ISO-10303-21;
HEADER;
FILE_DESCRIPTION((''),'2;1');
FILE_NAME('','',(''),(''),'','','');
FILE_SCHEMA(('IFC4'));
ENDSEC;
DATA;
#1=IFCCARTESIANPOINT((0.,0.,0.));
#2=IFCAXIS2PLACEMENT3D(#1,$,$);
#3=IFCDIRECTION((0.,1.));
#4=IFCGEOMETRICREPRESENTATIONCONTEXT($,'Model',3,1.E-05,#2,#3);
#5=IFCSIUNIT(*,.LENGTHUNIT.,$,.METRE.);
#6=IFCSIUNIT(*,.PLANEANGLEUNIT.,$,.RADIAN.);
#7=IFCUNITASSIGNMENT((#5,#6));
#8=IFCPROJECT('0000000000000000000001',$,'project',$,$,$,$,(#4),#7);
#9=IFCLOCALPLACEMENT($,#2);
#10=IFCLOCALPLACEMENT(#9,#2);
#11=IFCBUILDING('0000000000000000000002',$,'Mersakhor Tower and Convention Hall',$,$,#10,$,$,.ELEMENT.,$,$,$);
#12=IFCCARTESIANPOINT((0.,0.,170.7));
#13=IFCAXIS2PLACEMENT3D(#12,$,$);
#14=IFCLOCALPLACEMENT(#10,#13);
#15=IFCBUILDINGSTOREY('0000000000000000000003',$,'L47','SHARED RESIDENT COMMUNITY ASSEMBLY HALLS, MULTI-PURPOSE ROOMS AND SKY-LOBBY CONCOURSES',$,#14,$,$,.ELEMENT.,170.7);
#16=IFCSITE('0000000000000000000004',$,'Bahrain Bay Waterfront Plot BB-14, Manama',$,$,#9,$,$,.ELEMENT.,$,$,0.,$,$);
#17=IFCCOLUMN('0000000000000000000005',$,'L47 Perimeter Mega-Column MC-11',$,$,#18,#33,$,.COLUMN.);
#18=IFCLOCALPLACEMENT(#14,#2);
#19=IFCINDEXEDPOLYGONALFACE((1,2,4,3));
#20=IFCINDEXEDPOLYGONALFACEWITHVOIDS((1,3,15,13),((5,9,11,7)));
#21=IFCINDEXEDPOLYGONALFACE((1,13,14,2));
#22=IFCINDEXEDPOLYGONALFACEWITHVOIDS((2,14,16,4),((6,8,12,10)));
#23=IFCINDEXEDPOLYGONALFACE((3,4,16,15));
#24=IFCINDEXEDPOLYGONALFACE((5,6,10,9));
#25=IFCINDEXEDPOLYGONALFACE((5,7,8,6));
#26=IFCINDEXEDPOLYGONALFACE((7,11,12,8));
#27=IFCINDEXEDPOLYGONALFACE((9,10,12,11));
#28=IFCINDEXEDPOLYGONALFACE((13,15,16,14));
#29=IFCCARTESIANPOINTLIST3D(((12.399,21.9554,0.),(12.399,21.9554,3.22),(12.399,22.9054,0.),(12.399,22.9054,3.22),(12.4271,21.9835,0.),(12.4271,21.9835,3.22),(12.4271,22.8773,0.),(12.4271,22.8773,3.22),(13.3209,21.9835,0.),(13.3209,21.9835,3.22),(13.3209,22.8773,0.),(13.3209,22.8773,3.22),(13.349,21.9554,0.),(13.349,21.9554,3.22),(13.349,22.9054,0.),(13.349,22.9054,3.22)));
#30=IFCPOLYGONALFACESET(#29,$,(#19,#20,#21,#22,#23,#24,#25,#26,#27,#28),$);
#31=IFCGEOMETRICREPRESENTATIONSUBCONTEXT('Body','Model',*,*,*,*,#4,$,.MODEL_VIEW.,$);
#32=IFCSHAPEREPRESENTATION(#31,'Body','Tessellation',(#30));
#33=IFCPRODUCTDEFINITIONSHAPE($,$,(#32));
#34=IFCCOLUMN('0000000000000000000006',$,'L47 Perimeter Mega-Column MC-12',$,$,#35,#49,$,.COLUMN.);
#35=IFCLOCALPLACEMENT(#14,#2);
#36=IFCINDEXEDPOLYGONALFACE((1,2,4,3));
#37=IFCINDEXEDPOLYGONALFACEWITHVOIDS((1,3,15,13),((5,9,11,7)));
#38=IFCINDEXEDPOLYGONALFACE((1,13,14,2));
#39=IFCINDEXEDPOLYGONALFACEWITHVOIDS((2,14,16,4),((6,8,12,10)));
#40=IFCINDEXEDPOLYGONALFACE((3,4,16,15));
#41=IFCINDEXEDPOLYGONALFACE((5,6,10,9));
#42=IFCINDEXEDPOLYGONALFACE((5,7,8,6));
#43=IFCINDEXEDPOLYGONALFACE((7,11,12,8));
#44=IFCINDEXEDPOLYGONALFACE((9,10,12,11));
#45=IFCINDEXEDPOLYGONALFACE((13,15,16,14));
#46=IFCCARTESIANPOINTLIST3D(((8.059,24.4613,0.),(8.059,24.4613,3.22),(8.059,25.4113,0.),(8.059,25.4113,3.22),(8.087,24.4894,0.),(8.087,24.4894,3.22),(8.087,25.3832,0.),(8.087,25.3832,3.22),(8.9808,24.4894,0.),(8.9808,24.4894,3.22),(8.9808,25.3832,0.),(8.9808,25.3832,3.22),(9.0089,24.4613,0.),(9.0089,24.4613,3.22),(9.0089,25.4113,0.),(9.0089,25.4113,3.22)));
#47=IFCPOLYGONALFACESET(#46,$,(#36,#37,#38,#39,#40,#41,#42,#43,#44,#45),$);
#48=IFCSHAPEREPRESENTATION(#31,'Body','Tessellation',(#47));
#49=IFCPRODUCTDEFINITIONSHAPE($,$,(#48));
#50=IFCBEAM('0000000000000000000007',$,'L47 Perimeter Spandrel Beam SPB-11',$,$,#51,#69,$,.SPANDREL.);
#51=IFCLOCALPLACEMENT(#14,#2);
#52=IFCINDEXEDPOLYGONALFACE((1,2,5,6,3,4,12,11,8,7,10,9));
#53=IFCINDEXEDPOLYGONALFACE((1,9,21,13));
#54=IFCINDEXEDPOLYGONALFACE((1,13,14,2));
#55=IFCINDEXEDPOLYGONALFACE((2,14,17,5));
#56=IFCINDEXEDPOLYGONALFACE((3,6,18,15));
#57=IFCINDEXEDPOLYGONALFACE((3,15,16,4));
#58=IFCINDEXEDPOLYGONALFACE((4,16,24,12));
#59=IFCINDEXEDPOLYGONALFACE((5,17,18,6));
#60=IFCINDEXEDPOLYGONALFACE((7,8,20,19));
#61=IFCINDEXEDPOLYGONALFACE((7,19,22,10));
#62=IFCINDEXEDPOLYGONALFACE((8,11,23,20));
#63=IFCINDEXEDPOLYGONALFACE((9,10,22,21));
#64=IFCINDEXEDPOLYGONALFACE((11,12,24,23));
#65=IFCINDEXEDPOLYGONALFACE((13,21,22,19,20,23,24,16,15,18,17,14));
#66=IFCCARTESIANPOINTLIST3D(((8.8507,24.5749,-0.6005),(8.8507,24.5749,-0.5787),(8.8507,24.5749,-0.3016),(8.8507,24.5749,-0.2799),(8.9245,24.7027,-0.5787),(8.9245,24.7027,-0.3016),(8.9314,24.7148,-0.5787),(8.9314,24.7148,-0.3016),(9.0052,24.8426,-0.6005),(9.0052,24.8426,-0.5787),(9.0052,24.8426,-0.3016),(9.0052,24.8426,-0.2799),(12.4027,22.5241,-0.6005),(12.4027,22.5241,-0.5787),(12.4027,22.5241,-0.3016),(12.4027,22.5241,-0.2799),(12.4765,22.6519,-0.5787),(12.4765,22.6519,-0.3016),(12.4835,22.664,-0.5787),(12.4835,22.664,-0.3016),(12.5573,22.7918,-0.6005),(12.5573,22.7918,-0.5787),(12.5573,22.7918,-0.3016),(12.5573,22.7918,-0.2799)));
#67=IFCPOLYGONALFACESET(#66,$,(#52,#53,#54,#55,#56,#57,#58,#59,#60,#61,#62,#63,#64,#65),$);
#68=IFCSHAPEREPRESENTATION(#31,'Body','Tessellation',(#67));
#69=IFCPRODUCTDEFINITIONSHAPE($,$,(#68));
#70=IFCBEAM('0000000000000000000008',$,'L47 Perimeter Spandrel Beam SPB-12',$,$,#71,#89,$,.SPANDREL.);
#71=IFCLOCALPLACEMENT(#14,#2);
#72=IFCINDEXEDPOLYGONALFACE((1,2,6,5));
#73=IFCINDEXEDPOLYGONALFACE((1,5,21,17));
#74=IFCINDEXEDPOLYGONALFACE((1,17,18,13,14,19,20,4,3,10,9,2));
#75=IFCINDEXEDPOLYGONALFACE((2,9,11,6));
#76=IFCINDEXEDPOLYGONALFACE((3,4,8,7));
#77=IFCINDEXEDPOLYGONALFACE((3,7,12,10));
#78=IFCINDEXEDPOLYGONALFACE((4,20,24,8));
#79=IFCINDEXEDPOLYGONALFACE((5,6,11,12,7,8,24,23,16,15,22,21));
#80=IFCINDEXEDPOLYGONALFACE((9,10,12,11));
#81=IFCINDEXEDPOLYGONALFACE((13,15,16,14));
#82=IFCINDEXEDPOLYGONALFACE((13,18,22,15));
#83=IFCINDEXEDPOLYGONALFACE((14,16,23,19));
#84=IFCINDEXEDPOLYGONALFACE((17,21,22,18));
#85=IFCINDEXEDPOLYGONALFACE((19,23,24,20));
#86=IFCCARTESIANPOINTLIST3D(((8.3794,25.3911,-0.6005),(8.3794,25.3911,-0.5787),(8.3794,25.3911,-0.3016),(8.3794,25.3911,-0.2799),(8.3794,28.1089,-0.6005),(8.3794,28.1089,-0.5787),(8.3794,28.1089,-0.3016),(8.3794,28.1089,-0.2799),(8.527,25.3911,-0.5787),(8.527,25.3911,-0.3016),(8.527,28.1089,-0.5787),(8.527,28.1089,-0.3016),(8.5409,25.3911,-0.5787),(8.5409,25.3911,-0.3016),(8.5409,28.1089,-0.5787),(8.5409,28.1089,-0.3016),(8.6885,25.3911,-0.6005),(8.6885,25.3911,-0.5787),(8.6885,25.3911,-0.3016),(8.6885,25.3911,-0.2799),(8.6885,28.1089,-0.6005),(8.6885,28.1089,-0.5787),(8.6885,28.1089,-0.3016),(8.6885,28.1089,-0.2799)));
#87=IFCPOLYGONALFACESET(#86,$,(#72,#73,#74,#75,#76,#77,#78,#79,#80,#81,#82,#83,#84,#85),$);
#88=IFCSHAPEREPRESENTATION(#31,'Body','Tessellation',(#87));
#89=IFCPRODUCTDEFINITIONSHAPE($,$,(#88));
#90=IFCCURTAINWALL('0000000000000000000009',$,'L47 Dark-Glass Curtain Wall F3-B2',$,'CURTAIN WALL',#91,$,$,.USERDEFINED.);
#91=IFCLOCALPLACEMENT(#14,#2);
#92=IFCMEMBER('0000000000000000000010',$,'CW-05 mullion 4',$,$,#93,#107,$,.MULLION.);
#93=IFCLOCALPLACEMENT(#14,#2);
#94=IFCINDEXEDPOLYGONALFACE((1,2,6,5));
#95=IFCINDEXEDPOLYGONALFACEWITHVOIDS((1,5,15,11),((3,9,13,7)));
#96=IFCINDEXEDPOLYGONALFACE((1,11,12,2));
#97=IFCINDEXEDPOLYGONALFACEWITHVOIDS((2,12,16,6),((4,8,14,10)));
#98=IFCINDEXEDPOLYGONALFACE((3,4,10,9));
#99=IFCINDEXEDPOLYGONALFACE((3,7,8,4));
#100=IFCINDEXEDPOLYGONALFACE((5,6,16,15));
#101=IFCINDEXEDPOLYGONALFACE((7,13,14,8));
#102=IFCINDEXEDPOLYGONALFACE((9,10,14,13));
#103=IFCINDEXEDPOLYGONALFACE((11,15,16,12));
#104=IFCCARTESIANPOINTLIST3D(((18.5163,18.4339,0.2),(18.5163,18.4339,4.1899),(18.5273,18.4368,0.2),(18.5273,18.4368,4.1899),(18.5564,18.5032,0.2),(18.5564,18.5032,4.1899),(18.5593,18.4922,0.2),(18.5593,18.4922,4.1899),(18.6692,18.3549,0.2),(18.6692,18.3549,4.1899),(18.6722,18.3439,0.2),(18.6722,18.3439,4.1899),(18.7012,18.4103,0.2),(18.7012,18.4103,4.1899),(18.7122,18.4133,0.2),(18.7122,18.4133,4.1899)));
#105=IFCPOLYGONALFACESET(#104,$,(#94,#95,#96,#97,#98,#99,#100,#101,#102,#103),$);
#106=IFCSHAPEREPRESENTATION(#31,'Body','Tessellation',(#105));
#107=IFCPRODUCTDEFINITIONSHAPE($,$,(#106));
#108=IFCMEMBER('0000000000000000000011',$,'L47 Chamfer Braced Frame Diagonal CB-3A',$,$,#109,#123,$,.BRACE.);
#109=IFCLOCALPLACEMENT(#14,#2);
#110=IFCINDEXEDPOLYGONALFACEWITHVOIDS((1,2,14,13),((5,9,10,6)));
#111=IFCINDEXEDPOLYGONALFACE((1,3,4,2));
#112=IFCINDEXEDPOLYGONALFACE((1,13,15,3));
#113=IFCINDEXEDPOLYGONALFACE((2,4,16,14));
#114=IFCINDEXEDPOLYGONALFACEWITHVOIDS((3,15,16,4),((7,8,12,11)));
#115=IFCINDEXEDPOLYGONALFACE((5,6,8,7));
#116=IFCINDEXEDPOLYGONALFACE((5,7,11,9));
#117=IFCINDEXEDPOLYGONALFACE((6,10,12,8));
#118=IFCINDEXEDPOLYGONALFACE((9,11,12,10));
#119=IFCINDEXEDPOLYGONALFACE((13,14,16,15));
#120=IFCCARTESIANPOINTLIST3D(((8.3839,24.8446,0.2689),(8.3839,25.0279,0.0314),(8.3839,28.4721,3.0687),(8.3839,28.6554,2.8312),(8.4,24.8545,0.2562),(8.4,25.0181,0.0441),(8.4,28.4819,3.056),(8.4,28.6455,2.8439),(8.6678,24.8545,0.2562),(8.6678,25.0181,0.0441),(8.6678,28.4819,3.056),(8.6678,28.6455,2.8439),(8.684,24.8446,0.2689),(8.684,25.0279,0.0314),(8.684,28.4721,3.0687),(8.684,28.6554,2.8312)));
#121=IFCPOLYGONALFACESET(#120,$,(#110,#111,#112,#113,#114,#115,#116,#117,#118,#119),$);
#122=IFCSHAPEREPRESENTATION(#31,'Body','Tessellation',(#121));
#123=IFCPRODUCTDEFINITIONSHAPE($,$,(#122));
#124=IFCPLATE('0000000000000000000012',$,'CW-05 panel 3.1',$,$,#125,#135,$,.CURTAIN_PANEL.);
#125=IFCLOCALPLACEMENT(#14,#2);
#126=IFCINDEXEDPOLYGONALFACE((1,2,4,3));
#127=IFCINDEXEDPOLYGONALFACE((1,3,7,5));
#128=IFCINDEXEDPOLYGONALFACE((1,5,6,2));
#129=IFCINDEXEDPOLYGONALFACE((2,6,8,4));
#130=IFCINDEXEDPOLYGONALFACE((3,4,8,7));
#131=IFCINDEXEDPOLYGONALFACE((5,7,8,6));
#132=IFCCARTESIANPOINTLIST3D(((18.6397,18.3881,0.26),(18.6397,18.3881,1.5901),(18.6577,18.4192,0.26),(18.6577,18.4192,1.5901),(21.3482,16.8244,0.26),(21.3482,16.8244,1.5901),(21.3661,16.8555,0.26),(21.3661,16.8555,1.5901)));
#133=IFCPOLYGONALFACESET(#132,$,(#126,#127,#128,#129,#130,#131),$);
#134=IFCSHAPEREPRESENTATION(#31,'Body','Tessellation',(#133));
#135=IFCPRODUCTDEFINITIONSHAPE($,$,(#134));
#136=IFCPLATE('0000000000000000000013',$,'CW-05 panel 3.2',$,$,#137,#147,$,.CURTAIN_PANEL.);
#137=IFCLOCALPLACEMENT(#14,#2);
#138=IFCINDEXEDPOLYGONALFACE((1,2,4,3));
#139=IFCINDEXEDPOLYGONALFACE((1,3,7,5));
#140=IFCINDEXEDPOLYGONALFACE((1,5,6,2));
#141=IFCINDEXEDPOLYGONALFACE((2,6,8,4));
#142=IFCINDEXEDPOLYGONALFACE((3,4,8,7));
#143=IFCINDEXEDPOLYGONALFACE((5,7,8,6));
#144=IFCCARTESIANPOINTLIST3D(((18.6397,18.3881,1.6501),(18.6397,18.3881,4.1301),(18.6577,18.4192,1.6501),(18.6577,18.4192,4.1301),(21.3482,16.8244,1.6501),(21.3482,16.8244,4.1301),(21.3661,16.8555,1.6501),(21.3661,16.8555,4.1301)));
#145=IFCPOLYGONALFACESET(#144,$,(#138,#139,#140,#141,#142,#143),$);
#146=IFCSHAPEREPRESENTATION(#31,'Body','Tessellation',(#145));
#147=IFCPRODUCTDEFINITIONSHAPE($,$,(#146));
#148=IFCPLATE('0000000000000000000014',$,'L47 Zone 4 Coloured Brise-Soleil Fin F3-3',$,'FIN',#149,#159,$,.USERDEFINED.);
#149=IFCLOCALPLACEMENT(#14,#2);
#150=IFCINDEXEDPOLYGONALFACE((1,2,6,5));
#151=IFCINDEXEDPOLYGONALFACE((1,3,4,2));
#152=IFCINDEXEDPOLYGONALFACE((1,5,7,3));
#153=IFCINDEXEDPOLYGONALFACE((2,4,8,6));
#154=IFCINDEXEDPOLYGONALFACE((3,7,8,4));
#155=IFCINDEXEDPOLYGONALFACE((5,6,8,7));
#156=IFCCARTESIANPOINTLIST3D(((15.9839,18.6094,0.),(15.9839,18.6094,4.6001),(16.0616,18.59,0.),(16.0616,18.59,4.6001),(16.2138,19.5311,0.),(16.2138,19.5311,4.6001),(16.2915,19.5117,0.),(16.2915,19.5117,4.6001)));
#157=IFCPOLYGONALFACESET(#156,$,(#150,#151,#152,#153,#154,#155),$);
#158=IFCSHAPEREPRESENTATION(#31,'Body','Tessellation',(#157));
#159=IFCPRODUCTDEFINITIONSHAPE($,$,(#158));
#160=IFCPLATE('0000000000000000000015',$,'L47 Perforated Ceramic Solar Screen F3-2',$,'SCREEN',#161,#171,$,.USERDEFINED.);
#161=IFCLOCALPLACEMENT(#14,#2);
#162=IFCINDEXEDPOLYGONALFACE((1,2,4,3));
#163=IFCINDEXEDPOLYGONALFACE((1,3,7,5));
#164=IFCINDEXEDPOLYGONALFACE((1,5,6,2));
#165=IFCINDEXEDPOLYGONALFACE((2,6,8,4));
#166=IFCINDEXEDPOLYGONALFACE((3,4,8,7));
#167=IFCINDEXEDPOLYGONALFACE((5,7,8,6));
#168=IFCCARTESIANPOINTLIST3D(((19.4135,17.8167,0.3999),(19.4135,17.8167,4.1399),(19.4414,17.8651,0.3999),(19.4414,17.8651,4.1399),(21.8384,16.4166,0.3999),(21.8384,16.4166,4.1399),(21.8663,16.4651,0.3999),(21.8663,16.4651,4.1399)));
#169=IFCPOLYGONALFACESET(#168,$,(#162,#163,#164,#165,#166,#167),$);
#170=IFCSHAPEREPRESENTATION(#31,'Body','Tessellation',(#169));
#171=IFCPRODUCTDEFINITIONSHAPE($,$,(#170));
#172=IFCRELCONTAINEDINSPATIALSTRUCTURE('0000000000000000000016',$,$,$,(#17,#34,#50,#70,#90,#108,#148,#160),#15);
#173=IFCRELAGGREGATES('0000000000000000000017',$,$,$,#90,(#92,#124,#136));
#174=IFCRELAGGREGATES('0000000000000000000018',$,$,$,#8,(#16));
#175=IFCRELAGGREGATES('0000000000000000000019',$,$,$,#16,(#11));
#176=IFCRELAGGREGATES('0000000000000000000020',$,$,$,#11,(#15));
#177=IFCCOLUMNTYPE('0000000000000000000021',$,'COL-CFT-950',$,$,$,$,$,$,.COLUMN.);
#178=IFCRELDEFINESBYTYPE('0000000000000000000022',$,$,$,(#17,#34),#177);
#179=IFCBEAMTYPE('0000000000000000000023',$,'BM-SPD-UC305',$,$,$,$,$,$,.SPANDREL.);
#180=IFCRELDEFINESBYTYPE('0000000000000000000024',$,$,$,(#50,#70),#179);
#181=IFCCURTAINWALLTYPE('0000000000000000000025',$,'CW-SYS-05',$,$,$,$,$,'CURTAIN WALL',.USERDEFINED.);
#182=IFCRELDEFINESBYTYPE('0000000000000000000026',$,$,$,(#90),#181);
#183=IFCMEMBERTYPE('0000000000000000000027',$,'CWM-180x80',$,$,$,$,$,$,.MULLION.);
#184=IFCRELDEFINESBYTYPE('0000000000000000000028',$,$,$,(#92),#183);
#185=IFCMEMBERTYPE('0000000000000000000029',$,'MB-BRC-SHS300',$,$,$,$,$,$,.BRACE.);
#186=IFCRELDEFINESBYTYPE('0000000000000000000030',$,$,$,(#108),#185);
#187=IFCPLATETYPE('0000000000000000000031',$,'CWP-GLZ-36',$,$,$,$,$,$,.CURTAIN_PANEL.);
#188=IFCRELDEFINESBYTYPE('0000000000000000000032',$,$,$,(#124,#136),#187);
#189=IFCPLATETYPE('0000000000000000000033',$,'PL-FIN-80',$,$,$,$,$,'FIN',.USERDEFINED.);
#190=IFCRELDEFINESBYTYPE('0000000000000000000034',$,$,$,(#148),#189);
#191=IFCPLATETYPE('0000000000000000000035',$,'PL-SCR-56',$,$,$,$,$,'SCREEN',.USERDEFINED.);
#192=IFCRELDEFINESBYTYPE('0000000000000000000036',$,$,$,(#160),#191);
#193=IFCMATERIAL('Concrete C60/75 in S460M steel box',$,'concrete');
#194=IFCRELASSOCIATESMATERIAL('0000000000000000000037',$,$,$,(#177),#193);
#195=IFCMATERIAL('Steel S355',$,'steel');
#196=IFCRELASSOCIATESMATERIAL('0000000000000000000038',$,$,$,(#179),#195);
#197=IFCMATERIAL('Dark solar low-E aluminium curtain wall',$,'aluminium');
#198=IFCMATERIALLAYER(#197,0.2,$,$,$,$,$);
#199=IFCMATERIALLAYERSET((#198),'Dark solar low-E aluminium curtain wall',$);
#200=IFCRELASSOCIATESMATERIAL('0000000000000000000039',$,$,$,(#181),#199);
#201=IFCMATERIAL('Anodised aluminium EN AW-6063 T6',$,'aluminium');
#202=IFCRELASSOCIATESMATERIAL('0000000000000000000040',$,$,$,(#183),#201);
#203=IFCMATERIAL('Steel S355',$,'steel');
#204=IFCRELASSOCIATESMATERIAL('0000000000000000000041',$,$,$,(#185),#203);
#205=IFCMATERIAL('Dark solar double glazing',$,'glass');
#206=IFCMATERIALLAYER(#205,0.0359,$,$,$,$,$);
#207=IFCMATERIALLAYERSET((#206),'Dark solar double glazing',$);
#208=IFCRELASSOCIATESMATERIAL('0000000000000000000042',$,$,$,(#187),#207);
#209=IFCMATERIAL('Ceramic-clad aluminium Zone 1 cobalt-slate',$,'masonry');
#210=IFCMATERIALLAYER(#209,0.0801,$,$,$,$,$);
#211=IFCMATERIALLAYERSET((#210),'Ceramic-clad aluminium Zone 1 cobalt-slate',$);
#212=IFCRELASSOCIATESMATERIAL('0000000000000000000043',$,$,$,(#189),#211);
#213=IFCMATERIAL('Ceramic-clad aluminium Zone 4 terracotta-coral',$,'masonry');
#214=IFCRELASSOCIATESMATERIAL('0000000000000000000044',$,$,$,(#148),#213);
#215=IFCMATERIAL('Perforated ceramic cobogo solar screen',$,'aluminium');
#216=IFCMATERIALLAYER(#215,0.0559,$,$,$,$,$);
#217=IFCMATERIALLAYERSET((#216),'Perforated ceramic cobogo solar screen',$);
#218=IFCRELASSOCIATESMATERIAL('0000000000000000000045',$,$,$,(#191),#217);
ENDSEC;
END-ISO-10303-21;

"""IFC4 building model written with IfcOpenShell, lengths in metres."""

from ifc_helpers import new_model, si_unit, direction, frame, origin, origin_2d, place, context, subcontext, project, spatial, rectangle, hollow_rectangle, i_section, extrude, material, layer, layer_set, material_profile, profile_set, type_object, element, aggregate, save


model = new_model("IFC4")

# Units and contexts
model_context = context("Model", 3, precision=1e-05, world=origin(), true_north=direction((0.0, 1.0)))
body_context = subcontext(model_context, "Body", "Model", "MODEL_VIEW")
ifc_project = project(units=[si_unit("LENGTHUNIT", "METRE"), si_unit("PLANEANGLEUNIT", "RADIAN")], contexts=[model_context])

# Site, building, storey
site_placement = place(None, origin())
site = spatial("IfcSite", under=ifc_project, at=site_placement, Name="Bahrain Bay Waterfront Plot BB-14, Manama", CompositionType="ELEMENT", RefElevation=0.0)
building_placement = place(site_placement, origin())
building = spatial("IfcBuilding", under=site, at=building_placement, Name="Mersakhor Tower and Convention Hall", CompositionType="ELEMENT")
storey_placement = place(building_placement, frame((0.0, 0.0, 170.7)))
storey = spatial("IfcBuildingStorey", under=building, at=storey_placement, Name="L47", Description="SHARED RESIDENT COMMUNITY ASSEMBLY HALLS, MULTI-PURPOSE ROOMS AND SKY-LOBBY CONCOURSES", CompositionType="ELEMENT", Elevation=170.7)

# Columns
ifc_material_1 = material(Name="Concrete C60/75 in S460M steel box", Category="concrete")
ifc_material_profile_1 = material_profile(ifc_material_1, hollow_rectangle(XDim=0.95, YDim=0.95, WallThickness=0.0281, at=origin_2d()), Name="SHS 950x950x28")
ifc_profile_set_1 = profile_set([ifc_material_profile_1], Name="Concrete C60/75 in S460M steel box")
column_type = type_object("IfcColumnType", Name="COL-CFT-950", PredefinedType="COLUMN", material=ifc_profile_set_1)
for number, where, z_axis, x_axis, name in (
    (1, (12.874, 22.4304, 0.0), (0.0, 0.0, 1.0), (1.0, 0.0, 0.0), "L47 Perimeter Mega-Column MC-11"),
    (2, (8.5339, 24.9363, 0.0), (0.0, 0.0, 1.0), (1.0, 0.0, 0.0), "L47 Perimeter Mega-Column MC-12"),
):
    element("IfcColumn", number, at=place(storey_placement, frame(where, z_axis=z_axis, x_axis=x_axis)), inside=storey, type_object=column_type, Name=name, PredefinedType="COLUMN", context=body_context, shape_type="SweptSolid", body=[
        extrude(hollow_rectangle(XDim=0.95, YDim=0.95, WallThickness=0.0281, at=origin_2d()), origin(), (0.0, 0.0, 1.0), 3.22),
    ])

# Beams
ifc_material_2 = material(Name="Steel S355", Category="steel")
ifc_material_profile_2 = material_profile(ifc_material_2, i_section(OverallWidth=0.3091, OverallDepth=0.3206, WebThickness=0.0139, FlangeThickness=0.0217, at=origin_2d()), Name="UC 305x305x137")
ifc_profile_set_2 = profile_set([ifc_material_profile_2], Name="Steel S355")
beam_type = type_object("IfcBeamType", Name="BM-SPD-UC305", PredefinedType="SPANDREL", material=ifc_profile_set_2)
beam_1_placement = place(storey_placement, frame((12.48, 22.658, -0.4402), z_axis=(-0.866022, 0.500006, 0.0), x_axis=(-0.500006, -0.866022, 0.0)))
element("IfcBeam", 3, at=beam_1_placement, inside=storey, type_object=beam_type, Name="L47 Perimeter Spandrel Beam SPB-11", PredefinedType="SPANDREL", context=body_context, shape_type="SweptSolid", body=[
    extrude(i_section(OverallWidth=0.3091, OverallDepth=0.3206, WebThickness=0.0139, FlangeThickness=0.0217, at=origin_2d()), origin(), (0.0, 0.0, 1.0), 4.1016),
])
beam_2_placement = place(storey_placement, frame((8.5339, 25.3911, -0.4402), z_axis=(0.0, 1.0, 0.0), x_axis=(-1.0, 0.0, 0.0)))
element("IfcBeam", 4, at=beam_2_placement, inside=storey, type_object=beam_type, Name="L47 Perimeter Spandrel Beam SPB-12", PredefinedType="SPANDREL", context=body_context, shape_type="SweptSolid", body=[
    extrude(i_section(OverallWidth=0.3091, OverallDepth=0.3206, WebThickness=0.0139, FlangeThickness=0.0217, at=origin_2d()), origin(), (0.0, 0.0, 1.0), 2.7178),
])

# Curtain wall, member
ifc_material_3 = material(Name="Dark solar low-E aluminium curtain wall", Category="aluminium")
ifc_layer_1 = layer(ifc_material_3, 0.2)
ifc_layer_set_1 = layer_set([ifc_layer_1], Name="Dark solar low-E aluminium curtain wall")
curtain_wall_type = type_object("IfcCurtainWallType", Name="CW-SYS-05", ElementType="CURTAIN WALL", PredefinedType="USERDEFINED", material=ifc_layer_set_1)
curtain_wall_placement = place(storey_placement, origin())
curtain_wall = element("IfcCurtainWall", 5, at=curtain_wall_placement, inside=storey, type_object=curtain_wall_type, Name="L47 Dark-Glass Curtain Wall F3-B2", ObjectType="CURTAIN WALL", PredefinedType="USERDEFINED")
ifc_material_4 = material(Name="Anodised aluminium EN AW-6063 T6", Category="aluminium")
ifc_material_profile_3 = material_profile(ifc_material_4, hollow_rectangle(XDim=0.0801, YDim=0.1799, WallThickness=0.0081, at=origin_2d()), Name="RHS 180x80x8")
ifc_profile_set_3 = profile_set([ifc_material_profile_3], Name="Anodised aluminium EN AW-6063 T6")
member_type_1 = type_object("IfcMemberType", Name="CWM-180x80", PredefinedType="MULLION", material=ifc_profile_set_3)
member_1_placement = place(storey_placement, frame((18.6143, 18.4236, 0.2), z_axis=(0.0, 0.0, 1.0), x_axis=(-0.499998, -0.866026, 0.0)))
member_1 = element("IfcMember", 6, at=member_1_placement, type_object=member_type_1, Name="CW-05 mullion 4", PredefinedType="MULLION", context=body_context, shape_type="SweptSolid", body=[
    extrude(hollow_rectangle(XDim=0.0801, YDim=0.1799, WallThickness=0.0081, at=origin_2d()), origin(), (0.0, 0.0, 1.0), 3.99),
])

# Member
ifc_material_5 = material(Name="Steel S355", Category="steel")
ifc_material_profile_4 = material_profile(ifc_material_5, hollow_rectangle(XDim=0.3, YDim=0.3, WallThickness=0.0161, at=origin_2d()), Name="SHS 300x300x16")
ifc_profile_set_4 = profile_set([ifc_material_profile_4], Name="Steel S355")
member_type_2 = type_object("IfcMemberType", Name="MB-BRC-SHS300", PredefinedType="BRACE", material=ifc_profile_set_4)
member_2_placement = place(storey_placement, frame((8.5339, 24.9363, 0.1501), z_axis=(0.0, 0.791625, 0.611008), x_axis=(-1.0, 0.0, 0.0)))
element("IfcMember", 7, at=member_2_placement, inside=storey, type_object=member_type_2, Name="L47 Chamfer Braced Frame Diagonal CB-3A", PredefinedType="BRACE", context=body_context, shape_type="SweptSolid", body=[
    extrude(hollow_rectangle(XDim=0.3, YDim=0.3, WallThickness=0.0161, at=origin_2d()), origin(), (0.0, 0.0, 1.0), 4.5823),
])

# Plates
ifc_material_6 = material(Name="Dark solar double glazing", Category="glass")
ifc_layer_2 = layer(ifc_material_6, 0.0359)
ifc_layer_set_2 = layer_set([ifc_layer_2], Name="Dark solar double glazing")
plate_type_1 = type_object("IfcPlateType", Name="CWP-GLZ-36", PredefinedType="CURTAIN_PANEL", material=ifc_layer_set_2)
plate_1_placement = place(storey_placement, frame((20.0029, 17.6218, 0.26), z_axis=(0.0, 0.0, 1.0), x_axis=(-0.866026, 0.499998, 0.0)))
plate_1 = element("IfcPlate", 8, at=plate_1_placement, type_object=plate_type_1, Name="CW-05 panel 3.1", PredefinedType="CURTAIN_PANEL", context=body_context, shape_type="SweptSolid", body=[
    extrude(rectangle(XDim=3.1274, YDim=0.0359, at=origin_2d()), origin(), (0.0, 0.0, 1.0), 1.3301),
])
plate_2_placement = place(storey_placement, frame((20.0029, 17.6218, 1.6501), z_axis=(0.0, 0.0, 1.0), x_axis=(-0.866026, 0.499998, 0.0)))
plate_2 = element("IfcPlate", 9, at=plate_2_placement, type_object=plate_type_1, Name="CW-05 panel 3.2", PredefinedType="CURTAIN_PANEL", context=body_context, shape_type="SweptSolid", body=[
    extrude(rectangle(XDim=3.1274, YDim=0.0359, at=origin_2d()), origin(), (0.0, 0.0, 1.0), 2.48),
])
aggregate(curtain_wall, [member_1, plate_1, plate_2])

# Plates
ifc_material_7 = material(Name="Ceramic-clad aluminium Zone 4 terracotta-coral", Category="masonry")
ifc_material_8 = material(Name="Ceramic-clad aluminium Zone 1 cobalt-slate", Category="masonry")
ifc_layer_3 = layer(ifc_material_8, 0.0801)
ifc_layer_set_3 = layer_set([ifc_layer_3], Name="Ceramic-clad aluminium Zone 1 cobalt-slate")
plate_type_2 = type_object("IfcPlateType", Name="PL-FIN-80", ElementType="FIN", PredefinedType="USERDEFINED", material=ifc_layer_set_3)
plate_3_placement = place(storey_placement, frame((16.1377, 19.0605, 0.0), z_axis=(0.0, 0.0, 1.0), x_axis=(-0.241922, -0.970296, 0.0)))
element("IfcPlate", 10, at=plate_3_placement, inside=storey, type_object=plate_type_2, material=ifc_material_7, Name="L47 Zone 4 Coloured Brise-Soleil Fin F3-3", ObjectType="FIN", PredefinedType="USERDEFINED", context=body_context, shape_type="SweptSolid", body=[
    extrude(rectangle(XDim=0.95, YDim=0.0801, at=origin_2d()), origin(), (0.0, 0.0, 1.0), 4.6001),
])
ifc_material_9 = material(Name="Perforated ceramic cobogo solar screen", Category="aluminium")
ifc_layer_4 = layer(ifc_material_9, 0.0559)
ifc_layer_set_4 = layer_set([ifc_layer_4], Name="Perforated ceramic cobogo solar screen")
plate_type_3 = type_object("IfcPlateType", Name="PL-SCR-56", ElementType="SCREEN", PredefinedType="USERDEFINED", material=ifc_layer_set_4)
plate_4_placement = place(storey_placement, frame((20.6399, 17.1409, 0.3999), z_axis=(0.0, 0.0, 1.0), x_axis=(-0.866025, 0.5, 0.0)))
element("IfcPlate", 11, at=plate_4_placement, inside=storey, type_object=plate_type_3, Name="L47 Perforated Ceramic Solar Screen F3-2", ObjectType="SCREEN", PredefinedType="USERDEFINED", context=body_context, shape_type="SweptSolid", body=[
    extrude(rectangle(XDim=2.8, YDim=0.0559, at=origin_2d()), origin(), (0.0, 0.0, 1.0), 3.74),
])

save(model, "model.ifc")
